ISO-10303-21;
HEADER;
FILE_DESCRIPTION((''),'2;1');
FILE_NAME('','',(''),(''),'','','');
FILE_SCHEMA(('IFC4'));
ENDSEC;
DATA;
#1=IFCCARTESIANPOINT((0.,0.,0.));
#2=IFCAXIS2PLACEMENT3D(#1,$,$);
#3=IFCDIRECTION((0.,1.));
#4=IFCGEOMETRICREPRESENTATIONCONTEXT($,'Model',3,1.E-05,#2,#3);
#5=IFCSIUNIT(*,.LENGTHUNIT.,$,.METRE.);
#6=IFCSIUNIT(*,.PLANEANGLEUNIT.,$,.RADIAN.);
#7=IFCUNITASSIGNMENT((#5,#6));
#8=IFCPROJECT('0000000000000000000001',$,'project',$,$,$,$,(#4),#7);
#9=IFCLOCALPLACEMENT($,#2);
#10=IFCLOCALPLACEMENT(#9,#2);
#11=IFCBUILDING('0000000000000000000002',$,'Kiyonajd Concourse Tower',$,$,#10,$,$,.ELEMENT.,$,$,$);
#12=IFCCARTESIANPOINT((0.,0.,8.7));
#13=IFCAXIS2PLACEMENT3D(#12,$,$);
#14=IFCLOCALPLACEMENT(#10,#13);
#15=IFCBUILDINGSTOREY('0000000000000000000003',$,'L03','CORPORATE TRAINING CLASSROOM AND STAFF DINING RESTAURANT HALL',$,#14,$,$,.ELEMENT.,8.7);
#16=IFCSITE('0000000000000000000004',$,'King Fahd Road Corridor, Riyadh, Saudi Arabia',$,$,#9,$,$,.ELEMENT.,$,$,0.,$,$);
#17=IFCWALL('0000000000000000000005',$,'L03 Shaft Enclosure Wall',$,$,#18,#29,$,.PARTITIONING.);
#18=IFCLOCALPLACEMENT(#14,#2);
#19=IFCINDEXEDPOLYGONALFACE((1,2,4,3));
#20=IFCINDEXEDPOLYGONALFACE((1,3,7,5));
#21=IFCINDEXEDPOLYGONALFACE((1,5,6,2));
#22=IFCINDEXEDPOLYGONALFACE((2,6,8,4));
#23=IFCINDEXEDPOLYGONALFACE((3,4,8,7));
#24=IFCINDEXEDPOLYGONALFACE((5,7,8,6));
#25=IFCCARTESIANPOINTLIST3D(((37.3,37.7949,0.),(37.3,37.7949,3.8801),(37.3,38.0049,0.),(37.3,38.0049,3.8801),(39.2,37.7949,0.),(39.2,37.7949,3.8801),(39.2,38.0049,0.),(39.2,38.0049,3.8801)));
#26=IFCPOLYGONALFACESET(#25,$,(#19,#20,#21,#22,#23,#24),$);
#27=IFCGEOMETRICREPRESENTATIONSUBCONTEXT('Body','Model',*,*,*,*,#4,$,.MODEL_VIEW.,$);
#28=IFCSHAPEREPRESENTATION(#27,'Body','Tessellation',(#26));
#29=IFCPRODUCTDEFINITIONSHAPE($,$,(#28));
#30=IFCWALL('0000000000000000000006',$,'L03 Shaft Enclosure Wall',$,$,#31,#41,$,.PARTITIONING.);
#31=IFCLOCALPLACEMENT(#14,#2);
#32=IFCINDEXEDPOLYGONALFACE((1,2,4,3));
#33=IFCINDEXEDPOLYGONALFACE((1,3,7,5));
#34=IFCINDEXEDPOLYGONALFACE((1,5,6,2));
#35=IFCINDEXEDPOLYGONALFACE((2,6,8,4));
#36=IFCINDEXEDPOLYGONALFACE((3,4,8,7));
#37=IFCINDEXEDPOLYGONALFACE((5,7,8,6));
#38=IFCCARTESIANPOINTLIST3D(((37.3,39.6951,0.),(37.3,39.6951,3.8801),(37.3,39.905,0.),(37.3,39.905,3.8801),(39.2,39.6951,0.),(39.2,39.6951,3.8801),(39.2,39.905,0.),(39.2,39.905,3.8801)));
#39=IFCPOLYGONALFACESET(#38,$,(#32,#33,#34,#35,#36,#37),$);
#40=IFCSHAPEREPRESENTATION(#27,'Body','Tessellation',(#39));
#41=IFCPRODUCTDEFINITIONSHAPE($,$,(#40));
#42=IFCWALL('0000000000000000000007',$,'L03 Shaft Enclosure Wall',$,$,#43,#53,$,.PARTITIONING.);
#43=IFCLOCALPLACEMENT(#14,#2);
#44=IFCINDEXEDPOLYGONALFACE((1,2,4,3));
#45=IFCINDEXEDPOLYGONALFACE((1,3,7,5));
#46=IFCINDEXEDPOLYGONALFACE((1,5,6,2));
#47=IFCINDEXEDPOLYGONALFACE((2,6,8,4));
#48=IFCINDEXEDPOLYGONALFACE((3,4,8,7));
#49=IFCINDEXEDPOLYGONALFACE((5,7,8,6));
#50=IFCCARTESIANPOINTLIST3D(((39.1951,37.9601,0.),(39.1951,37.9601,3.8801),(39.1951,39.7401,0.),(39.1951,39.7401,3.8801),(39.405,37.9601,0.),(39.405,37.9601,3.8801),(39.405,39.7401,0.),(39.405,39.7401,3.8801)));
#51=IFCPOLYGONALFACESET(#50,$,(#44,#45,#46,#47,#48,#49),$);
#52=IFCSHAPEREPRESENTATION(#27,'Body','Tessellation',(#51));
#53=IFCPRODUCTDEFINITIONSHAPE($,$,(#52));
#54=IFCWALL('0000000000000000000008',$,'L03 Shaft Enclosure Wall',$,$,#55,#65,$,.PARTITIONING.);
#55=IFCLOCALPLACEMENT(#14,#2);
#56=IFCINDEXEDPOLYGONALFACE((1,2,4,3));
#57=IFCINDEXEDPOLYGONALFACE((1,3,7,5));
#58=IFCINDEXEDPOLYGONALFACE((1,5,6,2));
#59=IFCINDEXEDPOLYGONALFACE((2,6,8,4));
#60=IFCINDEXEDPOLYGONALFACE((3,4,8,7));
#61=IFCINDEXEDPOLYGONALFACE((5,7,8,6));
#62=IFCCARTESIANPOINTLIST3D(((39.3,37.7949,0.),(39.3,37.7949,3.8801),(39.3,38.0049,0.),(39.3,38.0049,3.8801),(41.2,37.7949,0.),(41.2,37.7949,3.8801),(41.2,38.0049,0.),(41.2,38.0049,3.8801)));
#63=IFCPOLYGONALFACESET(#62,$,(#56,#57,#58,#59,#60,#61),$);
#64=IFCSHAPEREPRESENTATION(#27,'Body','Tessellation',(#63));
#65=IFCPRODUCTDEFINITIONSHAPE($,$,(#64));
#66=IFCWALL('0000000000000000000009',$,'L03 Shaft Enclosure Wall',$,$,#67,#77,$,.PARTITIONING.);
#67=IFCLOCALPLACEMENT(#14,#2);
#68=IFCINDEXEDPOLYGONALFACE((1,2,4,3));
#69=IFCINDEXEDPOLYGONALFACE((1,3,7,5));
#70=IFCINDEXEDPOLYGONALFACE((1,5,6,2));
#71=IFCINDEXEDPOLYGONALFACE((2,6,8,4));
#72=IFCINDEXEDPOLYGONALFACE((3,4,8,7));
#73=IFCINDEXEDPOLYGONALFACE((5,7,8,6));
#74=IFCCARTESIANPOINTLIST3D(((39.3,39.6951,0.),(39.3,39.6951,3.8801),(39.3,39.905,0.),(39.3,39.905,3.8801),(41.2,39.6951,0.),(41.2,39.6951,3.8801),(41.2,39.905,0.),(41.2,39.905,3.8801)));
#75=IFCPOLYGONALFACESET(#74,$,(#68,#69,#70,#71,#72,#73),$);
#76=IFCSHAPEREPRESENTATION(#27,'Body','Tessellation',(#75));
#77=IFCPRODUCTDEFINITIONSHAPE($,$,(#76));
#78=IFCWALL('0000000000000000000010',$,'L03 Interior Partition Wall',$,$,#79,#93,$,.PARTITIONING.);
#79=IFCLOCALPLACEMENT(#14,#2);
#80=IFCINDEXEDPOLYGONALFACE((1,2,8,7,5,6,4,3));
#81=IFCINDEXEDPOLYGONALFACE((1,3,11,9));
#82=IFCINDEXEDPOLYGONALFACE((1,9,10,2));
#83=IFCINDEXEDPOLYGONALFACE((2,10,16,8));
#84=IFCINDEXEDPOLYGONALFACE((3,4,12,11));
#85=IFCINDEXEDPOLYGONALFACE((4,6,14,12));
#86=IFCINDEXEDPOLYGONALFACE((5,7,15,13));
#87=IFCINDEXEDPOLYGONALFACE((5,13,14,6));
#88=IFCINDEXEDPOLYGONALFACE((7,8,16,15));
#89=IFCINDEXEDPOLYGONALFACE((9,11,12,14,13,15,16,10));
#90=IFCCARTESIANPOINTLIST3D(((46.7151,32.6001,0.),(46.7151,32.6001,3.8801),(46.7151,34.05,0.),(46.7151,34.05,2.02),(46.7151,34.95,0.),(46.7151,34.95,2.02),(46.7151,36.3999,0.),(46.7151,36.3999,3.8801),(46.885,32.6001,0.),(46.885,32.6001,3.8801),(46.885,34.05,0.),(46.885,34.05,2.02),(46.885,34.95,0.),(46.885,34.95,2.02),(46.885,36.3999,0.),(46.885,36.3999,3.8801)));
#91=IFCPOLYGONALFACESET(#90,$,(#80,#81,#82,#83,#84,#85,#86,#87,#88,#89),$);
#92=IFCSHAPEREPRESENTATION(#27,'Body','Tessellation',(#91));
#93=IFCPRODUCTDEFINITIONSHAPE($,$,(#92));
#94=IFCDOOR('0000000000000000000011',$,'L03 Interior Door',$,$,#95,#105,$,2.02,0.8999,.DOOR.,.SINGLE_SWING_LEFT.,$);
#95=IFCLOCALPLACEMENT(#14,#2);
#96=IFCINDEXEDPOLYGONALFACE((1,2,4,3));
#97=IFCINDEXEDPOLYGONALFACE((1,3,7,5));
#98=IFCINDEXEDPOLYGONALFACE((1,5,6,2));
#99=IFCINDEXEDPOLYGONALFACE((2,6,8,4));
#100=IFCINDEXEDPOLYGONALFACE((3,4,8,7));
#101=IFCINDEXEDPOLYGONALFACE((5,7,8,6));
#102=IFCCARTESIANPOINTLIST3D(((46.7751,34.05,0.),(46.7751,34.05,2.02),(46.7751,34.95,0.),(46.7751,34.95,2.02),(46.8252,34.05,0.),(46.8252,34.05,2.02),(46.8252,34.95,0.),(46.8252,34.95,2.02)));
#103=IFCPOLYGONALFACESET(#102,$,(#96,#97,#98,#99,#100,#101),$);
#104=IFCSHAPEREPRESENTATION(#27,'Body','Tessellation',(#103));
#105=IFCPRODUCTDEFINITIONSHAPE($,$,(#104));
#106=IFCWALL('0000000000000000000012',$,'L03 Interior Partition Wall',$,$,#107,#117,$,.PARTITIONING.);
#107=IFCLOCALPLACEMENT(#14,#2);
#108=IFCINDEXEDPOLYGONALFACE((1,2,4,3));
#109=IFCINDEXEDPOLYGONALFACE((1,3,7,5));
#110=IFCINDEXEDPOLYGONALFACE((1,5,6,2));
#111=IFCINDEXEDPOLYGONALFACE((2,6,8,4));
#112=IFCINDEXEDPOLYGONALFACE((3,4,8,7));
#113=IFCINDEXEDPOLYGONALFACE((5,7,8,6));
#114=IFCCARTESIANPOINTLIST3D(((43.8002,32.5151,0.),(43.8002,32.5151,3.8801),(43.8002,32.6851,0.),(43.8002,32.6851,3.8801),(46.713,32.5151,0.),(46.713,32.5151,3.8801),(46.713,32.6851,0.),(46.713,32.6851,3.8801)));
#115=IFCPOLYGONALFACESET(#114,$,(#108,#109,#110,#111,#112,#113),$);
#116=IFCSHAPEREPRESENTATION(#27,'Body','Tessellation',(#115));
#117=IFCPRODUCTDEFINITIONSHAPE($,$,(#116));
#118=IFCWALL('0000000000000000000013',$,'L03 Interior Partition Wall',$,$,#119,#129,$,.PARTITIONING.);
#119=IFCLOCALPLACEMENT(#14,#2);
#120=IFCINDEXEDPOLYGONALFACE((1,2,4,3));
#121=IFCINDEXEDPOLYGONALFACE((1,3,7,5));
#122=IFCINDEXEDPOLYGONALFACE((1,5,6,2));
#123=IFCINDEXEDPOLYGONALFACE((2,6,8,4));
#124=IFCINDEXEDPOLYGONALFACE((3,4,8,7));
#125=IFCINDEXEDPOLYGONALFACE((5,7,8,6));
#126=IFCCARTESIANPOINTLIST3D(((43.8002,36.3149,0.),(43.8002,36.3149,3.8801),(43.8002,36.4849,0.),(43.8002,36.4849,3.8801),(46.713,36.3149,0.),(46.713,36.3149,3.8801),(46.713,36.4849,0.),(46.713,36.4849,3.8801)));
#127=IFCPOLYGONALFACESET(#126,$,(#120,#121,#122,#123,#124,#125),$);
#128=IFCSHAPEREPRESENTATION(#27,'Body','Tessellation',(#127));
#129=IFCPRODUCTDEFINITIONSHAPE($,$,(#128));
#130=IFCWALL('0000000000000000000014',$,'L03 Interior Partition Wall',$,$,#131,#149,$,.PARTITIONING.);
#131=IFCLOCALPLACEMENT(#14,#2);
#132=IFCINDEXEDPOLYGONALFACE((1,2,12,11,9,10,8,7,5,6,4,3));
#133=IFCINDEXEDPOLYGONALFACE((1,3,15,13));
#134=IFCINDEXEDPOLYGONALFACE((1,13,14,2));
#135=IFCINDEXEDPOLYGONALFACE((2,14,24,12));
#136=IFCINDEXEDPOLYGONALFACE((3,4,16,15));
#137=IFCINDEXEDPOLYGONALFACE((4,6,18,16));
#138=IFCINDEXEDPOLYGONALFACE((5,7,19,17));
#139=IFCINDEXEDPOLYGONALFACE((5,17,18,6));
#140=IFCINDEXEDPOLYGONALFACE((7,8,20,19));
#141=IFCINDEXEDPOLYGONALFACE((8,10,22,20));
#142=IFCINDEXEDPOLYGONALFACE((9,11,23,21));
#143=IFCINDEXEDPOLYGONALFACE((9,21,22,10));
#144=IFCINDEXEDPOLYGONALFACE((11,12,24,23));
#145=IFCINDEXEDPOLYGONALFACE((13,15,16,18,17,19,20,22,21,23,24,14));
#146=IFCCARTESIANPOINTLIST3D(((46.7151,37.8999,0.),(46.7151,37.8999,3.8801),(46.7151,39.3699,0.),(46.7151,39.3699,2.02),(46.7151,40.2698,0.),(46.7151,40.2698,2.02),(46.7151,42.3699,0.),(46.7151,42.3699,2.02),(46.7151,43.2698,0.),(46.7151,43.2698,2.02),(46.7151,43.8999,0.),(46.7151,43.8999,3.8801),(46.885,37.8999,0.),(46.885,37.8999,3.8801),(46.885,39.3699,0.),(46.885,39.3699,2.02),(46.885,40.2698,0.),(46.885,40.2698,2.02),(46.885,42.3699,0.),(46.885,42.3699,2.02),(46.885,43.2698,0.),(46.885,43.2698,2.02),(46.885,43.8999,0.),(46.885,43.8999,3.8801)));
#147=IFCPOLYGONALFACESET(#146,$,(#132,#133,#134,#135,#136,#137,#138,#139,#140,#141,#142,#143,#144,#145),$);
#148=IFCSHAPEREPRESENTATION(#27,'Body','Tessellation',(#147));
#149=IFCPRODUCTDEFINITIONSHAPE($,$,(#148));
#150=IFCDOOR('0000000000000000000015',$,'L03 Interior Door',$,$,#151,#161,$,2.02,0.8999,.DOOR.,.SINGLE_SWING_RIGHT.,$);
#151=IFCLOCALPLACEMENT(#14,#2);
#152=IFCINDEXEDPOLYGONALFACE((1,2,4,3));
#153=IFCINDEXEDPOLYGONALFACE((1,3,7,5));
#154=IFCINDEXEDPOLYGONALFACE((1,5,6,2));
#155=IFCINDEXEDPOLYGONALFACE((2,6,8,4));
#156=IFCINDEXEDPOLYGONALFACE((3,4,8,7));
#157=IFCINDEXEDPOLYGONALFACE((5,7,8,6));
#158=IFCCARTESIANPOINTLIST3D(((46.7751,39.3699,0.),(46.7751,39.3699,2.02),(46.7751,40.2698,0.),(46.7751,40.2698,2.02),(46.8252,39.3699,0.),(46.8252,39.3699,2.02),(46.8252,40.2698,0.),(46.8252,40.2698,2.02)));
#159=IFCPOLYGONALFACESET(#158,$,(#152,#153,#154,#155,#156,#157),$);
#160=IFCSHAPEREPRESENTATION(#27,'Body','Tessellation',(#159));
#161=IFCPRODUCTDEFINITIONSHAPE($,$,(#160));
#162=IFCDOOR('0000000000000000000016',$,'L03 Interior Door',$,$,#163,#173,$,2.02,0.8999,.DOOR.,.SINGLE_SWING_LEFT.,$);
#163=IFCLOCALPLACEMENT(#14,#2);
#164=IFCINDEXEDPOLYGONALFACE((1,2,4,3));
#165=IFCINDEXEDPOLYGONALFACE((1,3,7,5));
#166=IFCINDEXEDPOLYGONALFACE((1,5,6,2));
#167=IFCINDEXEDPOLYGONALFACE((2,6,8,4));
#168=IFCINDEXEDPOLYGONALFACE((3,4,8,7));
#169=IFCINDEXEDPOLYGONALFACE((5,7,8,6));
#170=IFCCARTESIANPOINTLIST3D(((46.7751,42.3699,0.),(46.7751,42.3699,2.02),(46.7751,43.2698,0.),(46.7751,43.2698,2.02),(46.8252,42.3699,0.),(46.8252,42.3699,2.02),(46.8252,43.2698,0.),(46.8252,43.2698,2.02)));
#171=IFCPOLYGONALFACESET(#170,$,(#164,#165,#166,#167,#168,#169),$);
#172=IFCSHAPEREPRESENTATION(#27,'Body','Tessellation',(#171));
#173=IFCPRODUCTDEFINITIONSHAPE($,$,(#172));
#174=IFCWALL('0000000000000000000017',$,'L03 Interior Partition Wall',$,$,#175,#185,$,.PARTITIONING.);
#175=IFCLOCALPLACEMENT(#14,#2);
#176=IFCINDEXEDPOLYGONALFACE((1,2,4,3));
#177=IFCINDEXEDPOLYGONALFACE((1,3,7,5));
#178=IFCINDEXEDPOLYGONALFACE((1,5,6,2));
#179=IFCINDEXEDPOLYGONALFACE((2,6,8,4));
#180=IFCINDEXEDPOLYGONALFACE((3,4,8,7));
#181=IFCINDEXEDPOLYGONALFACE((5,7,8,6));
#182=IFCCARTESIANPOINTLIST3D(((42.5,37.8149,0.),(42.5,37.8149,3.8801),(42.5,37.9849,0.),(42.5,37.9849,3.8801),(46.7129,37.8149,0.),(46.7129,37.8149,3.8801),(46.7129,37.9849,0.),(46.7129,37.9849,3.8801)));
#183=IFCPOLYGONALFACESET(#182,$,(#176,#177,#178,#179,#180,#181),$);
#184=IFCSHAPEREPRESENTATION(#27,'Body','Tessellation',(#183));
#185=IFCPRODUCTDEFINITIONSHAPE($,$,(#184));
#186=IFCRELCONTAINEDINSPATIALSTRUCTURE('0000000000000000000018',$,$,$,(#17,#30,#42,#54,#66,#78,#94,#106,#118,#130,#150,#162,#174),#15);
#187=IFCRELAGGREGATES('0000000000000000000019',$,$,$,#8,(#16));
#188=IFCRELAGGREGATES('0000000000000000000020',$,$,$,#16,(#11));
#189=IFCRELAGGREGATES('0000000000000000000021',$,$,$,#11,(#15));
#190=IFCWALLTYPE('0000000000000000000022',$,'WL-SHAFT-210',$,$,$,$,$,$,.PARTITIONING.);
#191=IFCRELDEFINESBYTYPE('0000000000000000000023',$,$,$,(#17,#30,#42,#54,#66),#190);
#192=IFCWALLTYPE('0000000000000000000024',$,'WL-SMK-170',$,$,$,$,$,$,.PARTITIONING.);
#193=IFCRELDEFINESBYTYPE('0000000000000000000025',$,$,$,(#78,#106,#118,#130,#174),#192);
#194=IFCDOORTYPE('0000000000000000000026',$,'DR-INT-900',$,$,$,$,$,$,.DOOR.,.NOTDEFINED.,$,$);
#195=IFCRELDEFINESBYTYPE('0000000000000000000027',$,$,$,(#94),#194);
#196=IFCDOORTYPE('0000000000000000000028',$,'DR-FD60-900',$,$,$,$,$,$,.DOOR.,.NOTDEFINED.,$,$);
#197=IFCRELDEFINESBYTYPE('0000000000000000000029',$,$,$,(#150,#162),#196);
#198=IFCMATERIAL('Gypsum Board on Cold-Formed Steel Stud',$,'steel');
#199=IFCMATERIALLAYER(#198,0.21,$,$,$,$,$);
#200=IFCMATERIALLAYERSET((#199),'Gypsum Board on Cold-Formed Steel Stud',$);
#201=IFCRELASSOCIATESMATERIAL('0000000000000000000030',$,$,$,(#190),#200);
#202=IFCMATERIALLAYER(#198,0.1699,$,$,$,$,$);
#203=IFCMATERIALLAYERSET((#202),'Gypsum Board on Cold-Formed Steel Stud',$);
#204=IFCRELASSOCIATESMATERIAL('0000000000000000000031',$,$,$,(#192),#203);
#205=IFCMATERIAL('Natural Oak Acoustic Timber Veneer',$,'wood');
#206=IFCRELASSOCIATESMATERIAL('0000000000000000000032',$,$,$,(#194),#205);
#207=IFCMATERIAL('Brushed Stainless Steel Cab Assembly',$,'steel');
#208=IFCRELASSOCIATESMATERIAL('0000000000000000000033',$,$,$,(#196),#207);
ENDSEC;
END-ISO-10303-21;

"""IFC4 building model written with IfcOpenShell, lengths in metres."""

from ifc_helpers import new_model, si_unit, direction, frame, frame_2d, origin, place, context, subcontext, project, spatial, rectangle, extrude, material, layer, layer_set, type_object, element, fill, save


model = new_model("IFC4")

# Units and contexts
model_context = context("Model", 3, precision=1e-05, world=origin(), true_north=direction((0.0, 1.0)))
body_context = subcontext(model_context, "Body", "Model", "MODEL_VIEW")
ifc_project = project(units=[si_unit("LENGTHUNIT", "METRE"), si_unit("PLANEANGLEUNIT", "RADIAN")], contexts=[model_context])

# Site, building, storey
site_placement = place(None, origin())
site = spatial("IfcSite", under=ifc_project, at=site_placement, Name="King Fahd Road Corridor, Riyadh, Saudi Arabia", CompositionType="ELEMENT", RefElevation=0.0)
building_placement = place(site_placement, origin())
building = spatial("IfcBuilding", under=site, at=building_placement, Name="Kiyonajd Concourse Tower", CompositionType="ELEMENT")
storey_placement = place(building_placement, frame((0.0, 0.0, 8.7)))
storey = spatial("IfcBuildingStorey", under=building, at=storey_placement, Name="L03", Description="CORPORATE TRAINING CLASSROOM AND STAFF DINING RESTAURANT HALL", CompositionType="ELEMENT", Elevation=8.7)

# Shared definitions
ifc_material_1 = material(Name="Gypsum Board on Cold-Formed Steel Stud", Category="steel")
ifc_layer_1 = layer(ifc_material_1, 0.21)
ifc_layer_set_1 = layer_set([ifc_layer_1], Name="Gypsum Board on Cold-Formed Steel Stud")
wall_type_1 = type_object("IfcWallType", Name="WL-SHAFT-210", PredefinedType="PARTITIONING", material=ifc_layer_set_1)

# Shared definitions
ifc_material_2 = material(Name="Brushed Stainless Steel Cab Assembly", Category="steel")

# Walls
for number, where, z_axis, x_axis, name in (
    (1, (37.3, 37.8999, 0.0), (0.0, 0.0, 1.0), (1.0, 0.0, 0.0), "L03 Shaft Enclosure Wall"),
    (2, (37.3, 39.8, 0.0), (0.0, 0.0, 1.0), (1.0, 0.0, 0.0), "L03 Shaft Enclosure Wall"),
):
    element("IfcWall", number, at=place(storey_placement, frame(where, z_axis=z_axis, x_axis=x_axis)), inside=storey, type_object=wall_type_1, Name=name, PredefinedType="PARTITIONING", context=body_context, shape_type="SweptSolid", body=[
        extrude(rectangle(XDim=1.8999, YDim=0.21, at=frame_2d((0.95, 0.0))), origin(), (0.0, 0.0, 1.0), 3.8801),
    ])
wall_1_placement = place(storey_placement, frame((39.3, 37.96, 0.0), z_axis=(0.0, 0.0, 1.0), x_axis=(0.0, 1.0, 0.0)))
element("IfcWall", 3, at=wall_1_placement, inside=storey, type_object=wall_type_1, Name="L03 Shaft Enclosure Wall", PredefinedType="PARTITIONING", context=body_context, shape_type="SweptSolid", body=[
    extrude(rectangle(XDim=1.78, YDim=0.21, at=frame_2d((0.8901, 0.0))), origin(), (0.0, 0.0, 1.0), 3.8801),
])
for number, where, z_axis, x_axis, name in (
    (4, (39.3, 37.8999, 0.0), (0.0, 0.0, 1.0), (1.0, 0.0, 0.0), "L03 Shaft Enclosure Wall"),
    (5, (39.3, 39.8, 0.0), (0.0, 0.0, 1.0), (1.0, 0.0, 0.0), "L03 Shaft Enclosure Wall"),
):
    element("IfcWall", number, at=place(storey_placement, frame(where, z_axis=z_axis, x_axis=x_axis)), inside=storey, type_object=wall_type_1, Name=name, PredefinedType="PARTITIONING", context=body_context, shape_type="SweptSolid", body=[
        extrude(rectangle(XDim=1.8999, YDim=0.21, at=frame_2d((0.95, 0.0))), origin(), (0.0, 0.0, 1.0), 3.8801),
    ])

# Wall, opening, door
ifc_layer_2 = layer(ifc_material_1, 0.1699)
ifc_layer_set_2 = layer_set([ifc_layer_2], Name="Gypsum Board on Cold-Formed Steel Stud")
wall_type_2 = type_object("IfcWallType", Name="WL-SMK-170", PredefinedType="PARTITIONING", material=ifc_layer_set_2)
wall_2_placement = place(storey_placement, frame((46.8, 32.6001, 0.0), z_axis=(0.0, 0.0, 1.0), x_axis=(0.0, 1.0, 0.0)))
wall_2 = element("IfcWall", 6, at=wall_2_placement, inside=storey, type_object=wall_type_2, Name="L03 Interior Partition Wall", PredefinedType="PARTITIONING", context=body_context, shape_type="SweptSolid", body=[
    extrude(rectangle(XDim=3.7998, YDim=0.1699, at=frame_2d((1.8999, 0.0))), origin(), (0.0, 0.0, 1.0), 3.8801),
])
opening_1_placement = place(wall_2_placement, frame((1.45, 0.0, 0.0)))
opening_1 = element("IfcOpeningElement", 7, at=opening_1_placement, cuts=wall_2, PredefinedType="OPENING", context=body_context, shape_type="SweptSolid", body=[
    extrude(rectangle(XDim=0.8999, YDim=2.02, at=frame_2d((0.45, 1.01))), frame((0.0, 0.095, 0.0), z_axis=(0.0, -1.0, 0.0), x_axis=(1.0, 0.0, 0.0)), (0.0, 0.0, 1.0), 0.1899),
])
ifc_material_3 = material(Name="Natural Oak Acoustic Timber Veneer", Category="wood")
door_type_1 = type_object("IfcDoorType", Name="DR-INT-900", OperationType="NOTDEFINED", PredefinedType="DOOR", material=ifc_material_3)
door_1_placement = place(opening_1_placement, origin())
door_1 = element("IfcDoor", 8, at=door_1_placement, inside=storey, type_object=door_type_1, Name="L03 Interior Door", OperationType="SINGLE_SWING_LEFT", OverallHeight=2.02, OverallWidth=0.8999, PredefinedType="DOOR", context=body_context, shape_type="SweptSolid", body=[
    extrude(rectangle(XDim=0.8999, YDim=2.02, at=frame_2d((0.45, 1.01))), frame((0.0, 0.0249, 0.0), z_axis=(0.0, -1.0, 0.0), x_axis=(1.0, 0.0, 0.0)), (0.0, 0.0, 1.0), 0.05),
])
fill(opening_1, door_1)

# Walls
for number, where, z_axis, x_axis, name in (
    (9, (43.8, 32.6001, 0.0), (0.0, 0.0, 1.0), (1.0, 0.0, 0.0), "L03 Interior Partition Wall"),
    (10, (43.8, 36.3999, 0.0), (0.0, 0.0, 1.0), (1.0, 0.0, 0.0), "L03 Interior Partition Wall"),
):
    element("IfcWall", number, at=place(storey_placement, frame(where, z_axis=z_axis, x_axis=x_axis)), inside=storey, type_object=wall_type_2, Name=name, PredefinedType="PARTITIONING", context=body_context, shape_type="SweptSolid", body=[
        extrude(rectangle(XDim=2.9128, YDim=0.1699, at=frame_2d((1.4565, 0.0))), origin(), (0.0, 0.0, 1.0), 3.8801),
    ])

# Wall, openings, doors
wall_3_placement = place(storey_placement, frame((46.8, 37.8999, 0.0), z_axis=(0.0, 0.0, 1.0), x_axis=(0.0, 1.0, 0.0)))
wall_3 = element("IfcWall", 11, at=wall_3_placement, inside=storey, type_object=wall_type_2, Name="L03 Interior Partition Wall", PredefinedType="PARTITIONING", context=body_context, shape_type="SweptSolid", body=[
    extrude(rectangle(XDim=6.0, YDim=0.1699, at=frame_2d((3.0, 0.0))), origin(), (0.0, 0.0, 1.0), 3.8801),
])
opening_2_placement = place(wall_3_placement, frame((1.47, 0.0, 0.0)))
opening_2 = element("IfcOpeningElement", 12, at=opening_2_placement, cuts=wall_3, PredefinedType="OPENING", context=body_context, shape_type="SweptSolid", body=[
    extrude(rectangle(XDim=0.8999, YDim=2.02, at=frame_2d((0.45, 1.01))), frame((0.0, 0.095, 0.0), z_axis=(0.0, -1.0, 0.0), x_axis=(1.0, 0.0, 0.0)), (0.0, 0.0, 1.0), 0.1899),
])
opening_3_placement = place(wall_3_placement, frame((4.47, 0.0, 0.0)))
opening_3 = element("IfcOpeningElement", 13, at=opening_3_placement, cuts=wall_3, PredefinedType="OPENING", context=body_context, shape_type="SweptSolid", body=[
    extrude(rectangle(XDim=0.8999, YDim=2.02, at=frame_2d((0.45, 1.01))), frame((0.0, 0.095, 0.0), z_axis=(0.0, -1.0, 0.0), x_axis=(1.0, 0.0, 0.0)), (0.0, 0.0, 1.0), 0.1899),
])
door_type_2 = type_object("IfcDoorType", Name="DR-FD60-900", OperationType="NOTDEFINED", PredefinedType="DOOR", material=ifc_material_2)
door_2_placement = place(opening_2_placement, origin())
door_2 = element("IfcDoor", 14, at=door_2_placement, inside=storey, type_object=door_type_2, Name="L03 Interior Door", OperationType="SINGLE_SWING_RIGHT", OverallHeight=2.02, OverallWidth=0.8999, PredefinedType="DOOR", context=body_context, shape_type="SweptSolid", body=[
    extrude(rectangle(XDim=0.8999, YDim=2.02, at=frame_2d((0.45, 1.01))), frame((0.0, 0.0249, 0.0), z_axis=(0.0, -1.0, 0.0), x_axis=(1.0, 0.0, 0.0)), (0.0, 0.0, 1.0), 0.05),
])
fill(opening_2, door_2)
door_3_placement = place(opening_3_placement, origin())
door_3 = element("IfcDoor", 15, at=door_3_placement, inside=storey, type_object=door_type_2, Name="L03 Interior Door", OperationType="SINGLE_SWING_LEFT", OverallHeight=2.02, OverallWidth=0.8999, PredefinedType="DOOR", context=body_context, shape_type="SweptSolid", body=[
    extrude(rectangle(XDim=0.8999, YDim=2.02, at=frame_2d((0.45, 1.01))), frame((0.0, 0.0249, 0.0), z_axis=(0.0, -1.0, 0.0), x_axis=(1.0, 0.0, 0.0)), (0.0, 0.0, 1.0), 0.05),
])
fill(opening_3, door_3)

# Wall
wall_4_placement = place(storey_placement, frame((42.5, 37.8999, 0.0), z_axis=(0.0, 0.0, 1.0), x_axis=(1.0, 0.0, 0.0)))
element("IfcWall", 16, at=wall_4_placement, inside=storey, type_object=wall_type_2, Name="L03 Interior Partition Wall", PredefinedType="PARTITIONING", context=body_context, shape_type="SweptSolid", body=[
    extrude(rectangle(XDim=4.2129, YDim=0.1699, at=frame_2d((2.1064, 0.0))), origin(), (0.0, 0.0, 1.0), 3.8801),
])

save(model, "model.ifc")
